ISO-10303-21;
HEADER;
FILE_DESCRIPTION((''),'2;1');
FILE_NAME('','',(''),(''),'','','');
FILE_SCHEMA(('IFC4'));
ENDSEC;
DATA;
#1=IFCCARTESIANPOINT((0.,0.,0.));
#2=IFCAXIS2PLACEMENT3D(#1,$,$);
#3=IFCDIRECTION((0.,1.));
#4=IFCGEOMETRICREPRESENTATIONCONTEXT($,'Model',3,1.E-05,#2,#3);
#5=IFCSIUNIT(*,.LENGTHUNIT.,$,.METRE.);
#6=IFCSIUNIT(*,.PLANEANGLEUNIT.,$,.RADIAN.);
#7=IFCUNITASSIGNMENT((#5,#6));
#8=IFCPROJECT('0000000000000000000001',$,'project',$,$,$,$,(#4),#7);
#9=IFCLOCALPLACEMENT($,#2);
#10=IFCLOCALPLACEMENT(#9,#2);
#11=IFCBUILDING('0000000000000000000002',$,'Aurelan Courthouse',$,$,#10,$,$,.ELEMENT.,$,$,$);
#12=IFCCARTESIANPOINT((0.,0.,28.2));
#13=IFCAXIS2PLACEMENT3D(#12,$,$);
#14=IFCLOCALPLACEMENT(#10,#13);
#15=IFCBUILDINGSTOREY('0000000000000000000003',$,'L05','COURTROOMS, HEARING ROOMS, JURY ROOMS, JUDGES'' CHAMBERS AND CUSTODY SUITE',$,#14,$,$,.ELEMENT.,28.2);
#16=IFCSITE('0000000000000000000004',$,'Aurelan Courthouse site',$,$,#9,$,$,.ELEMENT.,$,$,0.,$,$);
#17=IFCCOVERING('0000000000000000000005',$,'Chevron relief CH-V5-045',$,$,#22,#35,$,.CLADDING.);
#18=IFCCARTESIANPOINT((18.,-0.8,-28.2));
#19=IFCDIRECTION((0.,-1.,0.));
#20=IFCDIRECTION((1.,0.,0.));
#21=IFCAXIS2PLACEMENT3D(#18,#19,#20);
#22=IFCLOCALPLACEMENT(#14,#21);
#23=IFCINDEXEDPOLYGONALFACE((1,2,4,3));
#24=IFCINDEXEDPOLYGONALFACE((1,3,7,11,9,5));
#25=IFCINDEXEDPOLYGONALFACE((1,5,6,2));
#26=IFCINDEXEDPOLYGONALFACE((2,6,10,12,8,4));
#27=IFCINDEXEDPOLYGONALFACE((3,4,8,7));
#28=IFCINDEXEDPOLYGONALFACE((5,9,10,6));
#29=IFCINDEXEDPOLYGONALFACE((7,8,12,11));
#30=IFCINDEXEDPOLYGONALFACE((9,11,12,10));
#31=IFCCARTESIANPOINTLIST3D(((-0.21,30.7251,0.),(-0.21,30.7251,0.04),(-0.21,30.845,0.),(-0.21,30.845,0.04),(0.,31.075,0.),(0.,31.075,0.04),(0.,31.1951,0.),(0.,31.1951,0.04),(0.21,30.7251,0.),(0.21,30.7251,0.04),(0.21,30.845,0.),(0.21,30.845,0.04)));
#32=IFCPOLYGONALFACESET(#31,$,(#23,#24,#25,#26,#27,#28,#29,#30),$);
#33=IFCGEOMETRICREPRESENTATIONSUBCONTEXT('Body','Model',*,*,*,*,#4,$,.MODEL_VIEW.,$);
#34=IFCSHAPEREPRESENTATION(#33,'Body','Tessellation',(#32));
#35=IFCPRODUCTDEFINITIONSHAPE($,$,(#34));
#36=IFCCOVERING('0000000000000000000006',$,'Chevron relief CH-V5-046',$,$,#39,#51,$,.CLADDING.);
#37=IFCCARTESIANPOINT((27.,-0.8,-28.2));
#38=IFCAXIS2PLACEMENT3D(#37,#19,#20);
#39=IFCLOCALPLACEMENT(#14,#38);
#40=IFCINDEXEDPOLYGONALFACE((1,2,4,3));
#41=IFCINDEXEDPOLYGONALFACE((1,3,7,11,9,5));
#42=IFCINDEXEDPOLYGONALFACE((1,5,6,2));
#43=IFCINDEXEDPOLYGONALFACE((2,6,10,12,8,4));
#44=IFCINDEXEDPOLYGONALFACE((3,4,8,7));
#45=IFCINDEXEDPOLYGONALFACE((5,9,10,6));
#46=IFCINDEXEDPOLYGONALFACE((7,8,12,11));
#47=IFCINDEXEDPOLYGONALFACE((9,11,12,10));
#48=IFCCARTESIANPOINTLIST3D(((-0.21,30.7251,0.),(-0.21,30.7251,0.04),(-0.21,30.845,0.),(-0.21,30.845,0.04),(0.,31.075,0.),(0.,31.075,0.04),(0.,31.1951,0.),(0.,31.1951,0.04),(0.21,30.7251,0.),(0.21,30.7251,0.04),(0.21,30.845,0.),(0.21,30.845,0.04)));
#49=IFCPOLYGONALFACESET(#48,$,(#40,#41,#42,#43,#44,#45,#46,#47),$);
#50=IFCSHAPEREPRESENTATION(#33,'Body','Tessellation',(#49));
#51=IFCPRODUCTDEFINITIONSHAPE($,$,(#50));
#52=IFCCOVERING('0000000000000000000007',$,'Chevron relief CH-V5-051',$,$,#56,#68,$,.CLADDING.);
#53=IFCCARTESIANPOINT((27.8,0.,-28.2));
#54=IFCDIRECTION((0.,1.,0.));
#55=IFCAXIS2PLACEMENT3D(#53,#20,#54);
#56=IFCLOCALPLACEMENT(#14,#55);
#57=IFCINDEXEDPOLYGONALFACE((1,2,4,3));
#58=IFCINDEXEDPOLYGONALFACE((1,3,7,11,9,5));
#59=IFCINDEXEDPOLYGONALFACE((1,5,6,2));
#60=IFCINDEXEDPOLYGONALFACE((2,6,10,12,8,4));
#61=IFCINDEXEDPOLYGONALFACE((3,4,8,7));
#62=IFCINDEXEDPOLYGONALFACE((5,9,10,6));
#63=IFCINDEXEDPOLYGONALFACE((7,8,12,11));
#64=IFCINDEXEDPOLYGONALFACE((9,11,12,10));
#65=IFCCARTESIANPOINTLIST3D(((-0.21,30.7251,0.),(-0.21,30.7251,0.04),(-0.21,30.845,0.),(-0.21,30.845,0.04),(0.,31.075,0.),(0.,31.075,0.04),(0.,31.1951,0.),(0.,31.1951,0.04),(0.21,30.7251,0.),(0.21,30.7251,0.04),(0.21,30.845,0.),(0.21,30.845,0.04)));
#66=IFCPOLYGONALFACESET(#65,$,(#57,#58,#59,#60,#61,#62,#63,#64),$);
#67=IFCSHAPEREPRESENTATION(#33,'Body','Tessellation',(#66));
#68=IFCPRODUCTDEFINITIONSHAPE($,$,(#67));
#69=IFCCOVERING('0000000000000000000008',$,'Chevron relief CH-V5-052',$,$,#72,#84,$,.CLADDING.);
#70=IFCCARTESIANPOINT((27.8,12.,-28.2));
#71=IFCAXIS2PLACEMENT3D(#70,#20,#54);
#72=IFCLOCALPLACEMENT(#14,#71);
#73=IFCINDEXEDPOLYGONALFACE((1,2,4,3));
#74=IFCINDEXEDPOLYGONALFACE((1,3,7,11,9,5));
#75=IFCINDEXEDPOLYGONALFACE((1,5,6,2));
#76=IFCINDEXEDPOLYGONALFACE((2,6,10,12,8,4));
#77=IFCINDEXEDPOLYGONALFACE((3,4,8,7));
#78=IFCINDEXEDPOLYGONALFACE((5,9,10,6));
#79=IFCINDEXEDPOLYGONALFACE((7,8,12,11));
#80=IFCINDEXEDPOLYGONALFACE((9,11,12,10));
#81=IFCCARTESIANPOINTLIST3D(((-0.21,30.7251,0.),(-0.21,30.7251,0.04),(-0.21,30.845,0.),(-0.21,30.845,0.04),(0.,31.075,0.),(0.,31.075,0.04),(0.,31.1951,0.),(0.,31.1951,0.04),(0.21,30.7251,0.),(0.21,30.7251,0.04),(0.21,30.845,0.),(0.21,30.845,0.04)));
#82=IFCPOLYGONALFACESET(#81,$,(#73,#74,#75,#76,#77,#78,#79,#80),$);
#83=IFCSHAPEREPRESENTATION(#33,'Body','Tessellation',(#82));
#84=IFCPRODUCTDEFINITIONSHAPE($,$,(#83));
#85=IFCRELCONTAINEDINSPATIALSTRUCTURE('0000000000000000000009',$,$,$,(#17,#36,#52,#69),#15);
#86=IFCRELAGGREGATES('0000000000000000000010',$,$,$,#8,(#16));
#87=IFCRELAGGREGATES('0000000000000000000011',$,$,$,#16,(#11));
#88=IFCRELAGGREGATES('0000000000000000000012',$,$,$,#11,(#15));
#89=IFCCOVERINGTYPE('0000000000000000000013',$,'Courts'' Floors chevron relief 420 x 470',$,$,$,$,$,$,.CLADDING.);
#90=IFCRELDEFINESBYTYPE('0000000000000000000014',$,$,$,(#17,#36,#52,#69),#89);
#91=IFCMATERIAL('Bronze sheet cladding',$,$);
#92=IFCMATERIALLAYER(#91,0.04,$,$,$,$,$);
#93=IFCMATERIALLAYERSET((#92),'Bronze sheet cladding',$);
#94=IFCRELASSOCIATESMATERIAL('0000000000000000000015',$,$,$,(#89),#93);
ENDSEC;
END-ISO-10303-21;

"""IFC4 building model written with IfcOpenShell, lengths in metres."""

from ifc_helpers import new_model, si_unit, direction, frame, origin, place, context, subcontext, project, spatial, polyline, outline, extrude, material, layer, layer_set, type_object, element, save


model = new_model("IFC4")

# Units and contexts
model_context = context("Model", 3, precision=1e-05, world=origin(), true_north=direction((0.0, 1.0)))
body_context = subcontext(model_context, "Body", "Model", "MODEL_VIEW")
ifc_project = project(units=[si_unit("LENGTHUNIT", "METRE"), si_unit("PLANEANGLEUNIT", "RADIAN")], contexts=[model_context])

# Site, building, storey
site_placement = place(None, origin())
site = spatial("IfcSite", under=ifc_project, at=site_placement, Name="Aurelan Courthouse site", CompositionType="ELEMENT", RefElevation=0.0)
building_placement = place(site_placement, origin())
building = spatial("IfcBuilding", under=site, at=building_placement, Name="Aurelan Courthouse", CompositionType="ELEMENT")
storey_placement = place(building_placement, frame((0.0, 0.0, 28.2)))
storey = spatial("IfcBuildingStorey", under=building, at=storey_placement, Name="L05", Description="COURTROOMS, HEARING ROOMS, JURY ROOMS, JUDGES' CHAMBERS AND CUSTODY SUITE", CompositionType="ELEMENT", Elevation=28.2)

# Coverings
ifc_material_1 = material(Name="Bronze sheet cladding")
ifc_layer_1 = layer(ifc_material_1, 0.04)
ifc_layer_set_1 = layer_set([ifc_layer_1], Name="Bronze sheet cladding")
covering_type_1 = type_object("IfcCoveringType", Name="Courts' Floors chevron relief 420 x 470", PredefinedType="CLADDING", material=ifc_layer_set_1)
for number, where, z_axis, x_axis, name in (
    (1, (18.0, -0.8, -28.2), (0.0, -1.0, 0.0), (1.0, 0.0, 0.0), "Chevron relief CH-V5-045"),
    (2, (27.0, -0.8, -28.2), (0.0, -1.0, 0.0), (1.0, 0.0, 0.0), "Chevron relief CH-V5-046"),
    (3, (27.8, 0.0, -28.2), (1.0, 0.0, 0.0), (0.0, 1.0, 0.0), "Chevron relief CH-V5-051"),
    (4, (27.8, 12.0, -28.2), (1.0, 0.0, 0.0), (0.0, 1.0, 0.0), "Chevron relief CH-V5-052"),
):
    element("IfcCovering", number, at=place(storey_placement, frame(where, z_axis=z_axis, x_axis=x_axis)), inside=storey, type_object=covering_type_1, Name=name, PredefinedType="CLADDING", context=body_context, shape_type="SweptSolid", body=[
        extrude(outline(polyline([(-0.21, 30.7251), (0.0, 31.075), (0.21, 30.7251), (0.21, 30.845), (0.0, 31.1951), (-0.21, 30.845), (-0.21, 30.7251)])), origin(), (0.0, 0.0, 1.0), 0.04),
    ])

save(model, "model.ifc")
